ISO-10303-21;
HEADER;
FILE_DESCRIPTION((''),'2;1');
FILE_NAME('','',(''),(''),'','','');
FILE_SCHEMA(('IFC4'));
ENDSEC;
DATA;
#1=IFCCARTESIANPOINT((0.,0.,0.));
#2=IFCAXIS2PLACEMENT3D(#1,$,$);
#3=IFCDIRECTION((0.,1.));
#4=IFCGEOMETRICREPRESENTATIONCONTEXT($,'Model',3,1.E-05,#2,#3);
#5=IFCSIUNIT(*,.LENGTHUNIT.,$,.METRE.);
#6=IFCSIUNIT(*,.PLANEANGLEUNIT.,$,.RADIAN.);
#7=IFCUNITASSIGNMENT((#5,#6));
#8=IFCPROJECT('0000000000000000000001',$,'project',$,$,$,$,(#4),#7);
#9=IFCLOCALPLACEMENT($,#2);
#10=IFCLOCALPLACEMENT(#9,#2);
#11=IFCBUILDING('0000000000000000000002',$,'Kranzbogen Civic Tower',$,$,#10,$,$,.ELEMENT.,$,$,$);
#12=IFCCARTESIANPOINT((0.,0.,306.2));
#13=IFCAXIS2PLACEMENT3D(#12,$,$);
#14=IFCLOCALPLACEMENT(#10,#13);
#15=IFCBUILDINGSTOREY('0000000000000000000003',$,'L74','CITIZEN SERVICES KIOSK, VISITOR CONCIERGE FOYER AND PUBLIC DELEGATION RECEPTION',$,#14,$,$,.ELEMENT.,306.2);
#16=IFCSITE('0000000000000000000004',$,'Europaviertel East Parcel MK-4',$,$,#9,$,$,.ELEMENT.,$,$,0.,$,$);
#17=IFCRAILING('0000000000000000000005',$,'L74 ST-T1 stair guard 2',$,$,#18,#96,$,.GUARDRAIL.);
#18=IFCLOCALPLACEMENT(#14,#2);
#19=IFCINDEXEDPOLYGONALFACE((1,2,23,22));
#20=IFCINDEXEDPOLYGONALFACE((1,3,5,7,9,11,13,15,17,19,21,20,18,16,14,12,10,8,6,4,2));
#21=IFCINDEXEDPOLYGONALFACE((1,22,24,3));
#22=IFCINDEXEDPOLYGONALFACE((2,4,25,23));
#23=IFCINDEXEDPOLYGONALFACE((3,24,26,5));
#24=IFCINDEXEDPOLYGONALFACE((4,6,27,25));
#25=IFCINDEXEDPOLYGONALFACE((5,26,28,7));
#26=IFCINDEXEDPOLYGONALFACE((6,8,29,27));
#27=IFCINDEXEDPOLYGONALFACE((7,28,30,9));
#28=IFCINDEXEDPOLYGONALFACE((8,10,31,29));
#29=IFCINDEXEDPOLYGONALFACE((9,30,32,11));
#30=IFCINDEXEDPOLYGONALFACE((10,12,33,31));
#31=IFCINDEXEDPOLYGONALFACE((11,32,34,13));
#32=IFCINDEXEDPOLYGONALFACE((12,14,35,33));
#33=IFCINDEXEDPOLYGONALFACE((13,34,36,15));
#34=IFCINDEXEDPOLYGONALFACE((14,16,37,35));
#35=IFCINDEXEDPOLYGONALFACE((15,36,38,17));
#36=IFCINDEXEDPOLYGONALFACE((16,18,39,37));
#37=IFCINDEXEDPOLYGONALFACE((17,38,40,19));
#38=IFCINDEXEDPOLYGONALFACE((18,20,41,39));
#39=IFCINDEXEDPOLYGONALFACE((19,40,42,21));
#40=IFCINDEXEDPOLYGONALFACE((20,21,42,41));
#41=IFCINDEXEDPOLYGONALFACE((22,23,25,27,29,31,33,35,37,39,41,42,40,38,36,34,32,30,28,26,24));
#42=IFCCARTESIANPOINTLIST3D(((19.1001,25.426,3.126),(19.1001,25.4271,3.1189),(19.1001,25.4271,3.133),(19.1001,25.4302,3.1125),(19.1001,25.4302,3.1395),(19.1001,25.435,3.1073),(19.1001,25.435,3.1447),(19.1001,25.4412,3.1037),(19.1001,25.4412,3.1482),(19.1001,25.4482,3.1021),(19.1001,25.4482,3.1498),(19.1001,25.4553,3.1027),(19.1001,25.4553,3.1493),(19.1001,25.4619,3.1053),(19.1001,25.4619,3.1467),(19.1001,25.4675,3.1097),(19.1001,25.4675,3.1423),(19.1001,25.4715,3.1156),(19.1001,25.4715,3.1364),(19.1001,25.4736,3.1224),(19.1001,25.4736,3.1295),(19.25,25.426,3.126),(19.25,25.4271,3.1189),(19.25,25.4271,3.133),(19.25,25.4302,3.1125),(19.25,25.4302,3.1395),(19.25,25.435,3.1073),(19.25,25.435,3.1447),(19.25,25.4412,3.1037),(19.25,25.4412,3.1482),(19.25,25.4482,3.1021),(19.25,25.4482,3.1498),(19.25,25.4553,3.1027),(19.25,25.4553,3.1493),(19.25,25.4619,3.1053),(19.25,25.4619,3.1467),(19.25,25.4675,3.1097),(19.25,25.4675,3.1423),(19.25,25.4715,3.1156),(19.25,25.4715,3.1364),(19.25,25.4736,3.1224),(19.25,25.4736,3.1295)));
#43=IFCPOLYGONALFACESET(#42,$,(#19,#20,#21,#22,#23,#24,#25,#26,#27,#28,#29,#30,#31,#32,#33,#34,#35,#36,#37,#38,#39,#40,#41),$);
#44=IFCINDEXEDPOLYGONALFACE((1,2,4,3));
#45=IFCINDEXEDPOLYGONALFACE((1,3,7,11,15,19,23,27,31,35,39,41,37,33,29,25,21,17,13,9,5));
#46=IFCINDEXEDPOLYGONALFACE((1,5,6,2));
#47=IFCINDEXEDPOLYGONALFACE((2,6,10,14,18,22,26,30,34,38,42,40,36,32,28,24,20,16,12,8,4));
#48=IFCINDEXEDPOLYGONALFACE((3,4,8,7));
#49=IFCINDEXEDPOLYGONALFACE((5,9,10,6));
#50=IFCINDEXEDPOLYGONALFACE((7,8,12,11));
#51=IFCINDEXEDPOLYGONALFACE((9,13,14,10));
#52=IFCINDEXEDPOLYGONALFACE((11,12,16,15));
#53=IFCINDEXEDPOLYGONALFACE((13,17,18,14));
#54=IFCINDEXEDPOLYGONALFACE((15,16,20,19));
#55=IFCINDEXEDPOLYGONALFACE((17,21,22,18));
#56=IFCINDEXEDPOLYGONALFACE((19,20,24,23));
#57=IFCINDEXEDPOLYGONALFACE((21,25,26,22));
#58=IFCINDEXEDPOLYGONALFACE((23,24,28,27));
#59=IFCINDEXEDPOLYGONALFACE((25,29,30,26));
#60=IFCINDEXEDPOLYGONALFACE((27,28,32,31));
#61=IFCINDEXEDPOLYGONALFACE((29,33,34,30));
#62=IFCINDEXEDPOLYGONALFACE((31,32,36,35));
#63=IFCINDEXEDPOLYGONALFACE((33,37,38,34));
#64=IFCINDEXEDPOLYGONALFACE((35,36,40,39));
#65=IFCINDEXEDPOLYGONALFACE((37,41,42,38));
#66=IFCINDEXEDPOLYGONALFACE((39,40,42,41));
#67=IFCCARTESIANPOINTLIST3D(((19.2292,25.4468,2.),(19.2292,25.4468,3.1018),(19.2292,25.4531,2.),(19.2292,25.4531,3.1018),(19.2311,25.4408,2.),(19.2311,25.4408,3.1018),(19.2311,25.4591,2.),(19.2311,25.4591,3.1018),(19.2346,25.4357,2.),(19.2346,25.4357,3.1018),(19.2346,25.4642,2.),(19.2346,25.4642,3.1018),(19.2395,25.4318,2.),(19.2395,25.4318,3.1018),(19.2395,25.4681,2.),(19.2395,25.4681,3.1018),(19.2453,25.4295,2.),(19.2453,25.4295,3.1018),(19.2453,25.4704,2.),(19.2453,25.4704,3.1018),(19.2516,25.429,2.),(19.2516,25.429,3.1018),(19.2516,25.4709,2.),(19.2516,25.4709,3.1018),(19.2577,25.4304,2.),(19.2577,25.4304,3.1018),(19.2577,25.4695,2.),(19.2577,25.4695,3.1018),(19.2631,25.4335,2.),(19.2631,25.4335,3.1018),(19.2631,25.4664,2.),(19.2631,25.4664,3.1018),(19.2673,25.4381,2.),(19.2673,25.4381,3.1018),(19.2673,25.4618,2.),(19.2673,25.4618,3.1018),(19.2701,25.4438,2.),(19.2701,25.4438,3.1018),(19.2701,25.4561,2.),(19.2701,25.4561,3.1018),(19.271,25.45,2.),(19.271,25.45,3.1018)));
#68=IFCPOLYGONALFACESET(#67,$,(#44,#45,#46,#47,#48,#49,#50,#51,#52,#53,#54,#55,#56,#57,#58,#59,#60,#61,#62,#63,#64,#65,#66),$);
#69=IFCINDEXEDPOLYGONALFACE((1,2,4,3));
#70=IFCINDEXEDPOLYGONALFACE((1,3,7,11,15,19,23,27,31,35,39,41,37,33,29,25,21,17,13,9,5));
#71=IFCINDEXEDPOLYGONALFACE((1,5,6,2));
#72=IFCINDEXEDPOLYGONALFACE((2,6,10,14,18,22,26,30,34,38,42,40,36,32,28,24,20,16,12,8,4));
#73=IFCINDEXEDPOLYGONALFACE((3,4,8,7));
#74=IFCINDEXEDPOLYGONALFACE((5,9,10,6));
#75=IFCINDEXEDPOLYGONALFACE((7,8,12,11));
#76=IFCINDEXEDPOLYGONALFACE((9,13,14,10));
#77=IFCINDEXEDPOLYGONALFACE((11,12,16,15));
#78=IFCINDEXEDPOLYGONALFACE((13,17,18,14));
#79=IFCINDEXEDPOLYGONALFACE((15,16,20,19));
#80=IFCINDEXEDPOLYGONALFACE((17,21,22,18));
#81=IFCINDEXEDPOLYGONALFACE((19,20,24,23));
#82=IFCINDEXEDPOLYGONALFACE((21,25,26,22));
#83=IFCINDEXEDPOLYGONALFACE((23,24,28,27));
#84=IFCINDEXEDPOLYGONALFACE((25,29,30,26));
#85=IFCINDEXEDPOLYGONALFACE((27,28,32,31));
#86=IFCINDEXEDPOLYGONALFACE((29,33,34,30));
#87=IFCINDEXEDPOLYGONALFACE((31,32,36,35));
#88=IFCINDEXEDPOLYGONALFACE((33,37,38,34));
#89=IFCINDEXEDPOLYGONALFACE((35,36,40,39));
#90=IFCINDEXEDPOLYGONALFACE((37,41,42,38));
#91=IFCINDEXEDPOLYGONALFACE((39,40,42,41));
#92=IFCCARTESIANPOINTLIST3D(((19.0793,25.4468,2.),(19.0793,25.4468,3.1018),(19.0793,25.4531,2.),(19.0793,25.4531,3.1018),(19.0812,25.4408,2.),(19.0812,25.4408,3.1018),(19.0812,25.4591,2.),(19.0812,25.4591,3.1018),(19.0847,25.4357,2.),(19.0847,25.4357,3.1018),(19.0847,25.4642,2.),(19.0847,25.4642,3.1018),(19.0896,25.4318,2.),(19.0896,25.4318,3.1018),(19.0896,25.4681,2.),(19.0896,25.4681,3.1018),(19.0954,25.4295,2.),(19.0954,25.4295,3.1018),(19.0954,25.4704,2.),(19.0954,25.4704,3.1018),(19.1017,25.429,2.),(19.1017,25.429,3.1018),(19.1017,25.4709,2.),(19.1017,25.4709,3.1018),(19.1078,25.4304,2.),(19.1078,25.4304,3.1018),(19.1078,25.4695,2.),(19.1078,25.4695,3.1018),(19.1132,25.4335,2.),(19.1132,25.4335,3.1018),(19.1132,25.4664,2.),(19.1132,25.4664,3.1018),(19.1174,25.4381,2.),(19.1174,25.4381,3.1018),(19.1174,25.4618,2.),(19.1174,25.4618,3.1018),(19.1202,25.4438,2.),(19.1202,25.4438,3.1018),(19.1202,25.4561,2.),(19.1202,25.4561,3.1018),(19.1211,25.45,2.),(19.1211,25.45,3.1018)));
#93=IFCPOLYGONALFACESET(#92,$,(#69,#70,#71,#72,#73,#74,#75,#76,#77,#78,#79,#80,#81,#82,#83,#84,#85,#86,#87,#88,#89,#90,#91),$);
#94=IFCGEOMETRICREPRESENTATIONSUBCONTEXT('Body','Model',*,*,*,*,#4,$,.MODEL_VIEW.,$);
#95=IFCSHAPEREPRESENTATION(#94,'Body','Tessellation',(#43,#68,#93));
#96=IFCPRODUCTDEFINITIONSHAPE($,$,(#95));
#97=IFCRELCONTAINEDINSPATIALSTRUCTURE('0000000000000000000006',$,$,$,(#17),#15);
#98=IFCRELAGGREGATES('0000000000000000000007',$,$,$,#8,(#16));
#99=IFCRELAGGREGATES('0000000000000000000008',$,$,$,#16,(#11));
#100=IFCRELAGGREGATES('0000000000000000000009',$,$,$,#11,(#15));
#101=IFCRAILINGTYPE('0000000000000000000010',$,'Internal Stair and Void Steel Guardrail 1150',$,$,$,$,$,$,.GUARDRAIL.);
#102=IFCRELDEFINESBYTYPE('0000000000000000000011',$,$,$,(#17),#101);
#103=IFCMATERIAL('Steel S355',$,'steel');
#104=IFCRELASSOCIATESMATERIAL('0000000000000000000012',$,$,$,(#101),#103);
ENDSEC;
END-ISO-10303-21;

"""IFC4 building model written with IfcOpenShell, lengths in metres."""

from ifc_helpers import new_model, si_unit, direction, frame, origin, origin_2d, place, context, subcontext, project, spatial, circle, extrude, material, type_object, element, save


model = new_model("IFC4")

# Units and contexts
model_context = context("Model", 3, precision=1e-05, world=origin(), true_north=direction((0.0, 1.0)))
body_context = subcontext(model_context, "Body", "Model", "MODEL_VIEW")
ifc_project = project(units=[si_unit("LENGTHUNIT", "METRE"), si_unit("PLANEANGLEUNIT", "RADIAN")], contexts=[model_context])

# Site, building, storey
site_placement = place(None, origin())
site = spatial("IfcSite", under=ifc_project, at=site_placement, Name="Europaviertel East Parcel MK-4", CompositionType="ELEMENT", RefElevation=0.0)
building_placement = place(site_placement, origin())
building = spatial("IfcBuilding", under=site, at=building_placement, Name="Kranzbogen Civic Tower", CompositionType="ELEMENT")
storey_placement = place(building_placement, frame((0.0, 0.0, 306.2)))
storey = spatial("IfcBuildingStorey", under=building, at=storey_placement, Name="L74", Description="CITIZEN SERVICES KIOSK, VISITOR CONCIERGE FOYER AND PUBLIC DELEGATION RECEPTION", CompositionType="ELEMENT", Elevation=306.2)

# Shared definitions
ifc_material_1 = material(Name="Steel S355", Category="steel")

# Railing
railing_type_1 = type_object("IfcRailingType", Name="Internal Stair and Void Steel Guardrail 1150", PredefinedType="GUARDRAIL", material=ifc_material_1)
railing_1_placement = place(storey_placement, frame((19.25, 25.45, 2.0)))
element("IfcRailing", 1, at=railing_1_placement, inside=storey, type_object=railing_type_1, Name="L74 ST-T1 stair guard 2", PredefinedType="GUARDRAIL", context=body_context, shape_type="SweptSolid", body=[
    extrude(circle(Radius=0.0239, at=origin_2d()), frame((0.0, 0.0, 1.126), z_axis=(-1.0, 0.0, 0.0), x_axis=(0.0, -1.0, 0.0)), (0.0, 0.0, 1.0), 0.1499),
    extrude(circle(Radius=0.021, at=origin_2d()), origin(), (0.0, 0.0, 1.0), 1.1018),
    extrude(circle(Radius=0.021, at=origin_2d()), frame((-0.1499, 0.0, 0.0)), (0.0, 0.0, 1.0), 1.1018),
])

save(model, "model.ifc")
